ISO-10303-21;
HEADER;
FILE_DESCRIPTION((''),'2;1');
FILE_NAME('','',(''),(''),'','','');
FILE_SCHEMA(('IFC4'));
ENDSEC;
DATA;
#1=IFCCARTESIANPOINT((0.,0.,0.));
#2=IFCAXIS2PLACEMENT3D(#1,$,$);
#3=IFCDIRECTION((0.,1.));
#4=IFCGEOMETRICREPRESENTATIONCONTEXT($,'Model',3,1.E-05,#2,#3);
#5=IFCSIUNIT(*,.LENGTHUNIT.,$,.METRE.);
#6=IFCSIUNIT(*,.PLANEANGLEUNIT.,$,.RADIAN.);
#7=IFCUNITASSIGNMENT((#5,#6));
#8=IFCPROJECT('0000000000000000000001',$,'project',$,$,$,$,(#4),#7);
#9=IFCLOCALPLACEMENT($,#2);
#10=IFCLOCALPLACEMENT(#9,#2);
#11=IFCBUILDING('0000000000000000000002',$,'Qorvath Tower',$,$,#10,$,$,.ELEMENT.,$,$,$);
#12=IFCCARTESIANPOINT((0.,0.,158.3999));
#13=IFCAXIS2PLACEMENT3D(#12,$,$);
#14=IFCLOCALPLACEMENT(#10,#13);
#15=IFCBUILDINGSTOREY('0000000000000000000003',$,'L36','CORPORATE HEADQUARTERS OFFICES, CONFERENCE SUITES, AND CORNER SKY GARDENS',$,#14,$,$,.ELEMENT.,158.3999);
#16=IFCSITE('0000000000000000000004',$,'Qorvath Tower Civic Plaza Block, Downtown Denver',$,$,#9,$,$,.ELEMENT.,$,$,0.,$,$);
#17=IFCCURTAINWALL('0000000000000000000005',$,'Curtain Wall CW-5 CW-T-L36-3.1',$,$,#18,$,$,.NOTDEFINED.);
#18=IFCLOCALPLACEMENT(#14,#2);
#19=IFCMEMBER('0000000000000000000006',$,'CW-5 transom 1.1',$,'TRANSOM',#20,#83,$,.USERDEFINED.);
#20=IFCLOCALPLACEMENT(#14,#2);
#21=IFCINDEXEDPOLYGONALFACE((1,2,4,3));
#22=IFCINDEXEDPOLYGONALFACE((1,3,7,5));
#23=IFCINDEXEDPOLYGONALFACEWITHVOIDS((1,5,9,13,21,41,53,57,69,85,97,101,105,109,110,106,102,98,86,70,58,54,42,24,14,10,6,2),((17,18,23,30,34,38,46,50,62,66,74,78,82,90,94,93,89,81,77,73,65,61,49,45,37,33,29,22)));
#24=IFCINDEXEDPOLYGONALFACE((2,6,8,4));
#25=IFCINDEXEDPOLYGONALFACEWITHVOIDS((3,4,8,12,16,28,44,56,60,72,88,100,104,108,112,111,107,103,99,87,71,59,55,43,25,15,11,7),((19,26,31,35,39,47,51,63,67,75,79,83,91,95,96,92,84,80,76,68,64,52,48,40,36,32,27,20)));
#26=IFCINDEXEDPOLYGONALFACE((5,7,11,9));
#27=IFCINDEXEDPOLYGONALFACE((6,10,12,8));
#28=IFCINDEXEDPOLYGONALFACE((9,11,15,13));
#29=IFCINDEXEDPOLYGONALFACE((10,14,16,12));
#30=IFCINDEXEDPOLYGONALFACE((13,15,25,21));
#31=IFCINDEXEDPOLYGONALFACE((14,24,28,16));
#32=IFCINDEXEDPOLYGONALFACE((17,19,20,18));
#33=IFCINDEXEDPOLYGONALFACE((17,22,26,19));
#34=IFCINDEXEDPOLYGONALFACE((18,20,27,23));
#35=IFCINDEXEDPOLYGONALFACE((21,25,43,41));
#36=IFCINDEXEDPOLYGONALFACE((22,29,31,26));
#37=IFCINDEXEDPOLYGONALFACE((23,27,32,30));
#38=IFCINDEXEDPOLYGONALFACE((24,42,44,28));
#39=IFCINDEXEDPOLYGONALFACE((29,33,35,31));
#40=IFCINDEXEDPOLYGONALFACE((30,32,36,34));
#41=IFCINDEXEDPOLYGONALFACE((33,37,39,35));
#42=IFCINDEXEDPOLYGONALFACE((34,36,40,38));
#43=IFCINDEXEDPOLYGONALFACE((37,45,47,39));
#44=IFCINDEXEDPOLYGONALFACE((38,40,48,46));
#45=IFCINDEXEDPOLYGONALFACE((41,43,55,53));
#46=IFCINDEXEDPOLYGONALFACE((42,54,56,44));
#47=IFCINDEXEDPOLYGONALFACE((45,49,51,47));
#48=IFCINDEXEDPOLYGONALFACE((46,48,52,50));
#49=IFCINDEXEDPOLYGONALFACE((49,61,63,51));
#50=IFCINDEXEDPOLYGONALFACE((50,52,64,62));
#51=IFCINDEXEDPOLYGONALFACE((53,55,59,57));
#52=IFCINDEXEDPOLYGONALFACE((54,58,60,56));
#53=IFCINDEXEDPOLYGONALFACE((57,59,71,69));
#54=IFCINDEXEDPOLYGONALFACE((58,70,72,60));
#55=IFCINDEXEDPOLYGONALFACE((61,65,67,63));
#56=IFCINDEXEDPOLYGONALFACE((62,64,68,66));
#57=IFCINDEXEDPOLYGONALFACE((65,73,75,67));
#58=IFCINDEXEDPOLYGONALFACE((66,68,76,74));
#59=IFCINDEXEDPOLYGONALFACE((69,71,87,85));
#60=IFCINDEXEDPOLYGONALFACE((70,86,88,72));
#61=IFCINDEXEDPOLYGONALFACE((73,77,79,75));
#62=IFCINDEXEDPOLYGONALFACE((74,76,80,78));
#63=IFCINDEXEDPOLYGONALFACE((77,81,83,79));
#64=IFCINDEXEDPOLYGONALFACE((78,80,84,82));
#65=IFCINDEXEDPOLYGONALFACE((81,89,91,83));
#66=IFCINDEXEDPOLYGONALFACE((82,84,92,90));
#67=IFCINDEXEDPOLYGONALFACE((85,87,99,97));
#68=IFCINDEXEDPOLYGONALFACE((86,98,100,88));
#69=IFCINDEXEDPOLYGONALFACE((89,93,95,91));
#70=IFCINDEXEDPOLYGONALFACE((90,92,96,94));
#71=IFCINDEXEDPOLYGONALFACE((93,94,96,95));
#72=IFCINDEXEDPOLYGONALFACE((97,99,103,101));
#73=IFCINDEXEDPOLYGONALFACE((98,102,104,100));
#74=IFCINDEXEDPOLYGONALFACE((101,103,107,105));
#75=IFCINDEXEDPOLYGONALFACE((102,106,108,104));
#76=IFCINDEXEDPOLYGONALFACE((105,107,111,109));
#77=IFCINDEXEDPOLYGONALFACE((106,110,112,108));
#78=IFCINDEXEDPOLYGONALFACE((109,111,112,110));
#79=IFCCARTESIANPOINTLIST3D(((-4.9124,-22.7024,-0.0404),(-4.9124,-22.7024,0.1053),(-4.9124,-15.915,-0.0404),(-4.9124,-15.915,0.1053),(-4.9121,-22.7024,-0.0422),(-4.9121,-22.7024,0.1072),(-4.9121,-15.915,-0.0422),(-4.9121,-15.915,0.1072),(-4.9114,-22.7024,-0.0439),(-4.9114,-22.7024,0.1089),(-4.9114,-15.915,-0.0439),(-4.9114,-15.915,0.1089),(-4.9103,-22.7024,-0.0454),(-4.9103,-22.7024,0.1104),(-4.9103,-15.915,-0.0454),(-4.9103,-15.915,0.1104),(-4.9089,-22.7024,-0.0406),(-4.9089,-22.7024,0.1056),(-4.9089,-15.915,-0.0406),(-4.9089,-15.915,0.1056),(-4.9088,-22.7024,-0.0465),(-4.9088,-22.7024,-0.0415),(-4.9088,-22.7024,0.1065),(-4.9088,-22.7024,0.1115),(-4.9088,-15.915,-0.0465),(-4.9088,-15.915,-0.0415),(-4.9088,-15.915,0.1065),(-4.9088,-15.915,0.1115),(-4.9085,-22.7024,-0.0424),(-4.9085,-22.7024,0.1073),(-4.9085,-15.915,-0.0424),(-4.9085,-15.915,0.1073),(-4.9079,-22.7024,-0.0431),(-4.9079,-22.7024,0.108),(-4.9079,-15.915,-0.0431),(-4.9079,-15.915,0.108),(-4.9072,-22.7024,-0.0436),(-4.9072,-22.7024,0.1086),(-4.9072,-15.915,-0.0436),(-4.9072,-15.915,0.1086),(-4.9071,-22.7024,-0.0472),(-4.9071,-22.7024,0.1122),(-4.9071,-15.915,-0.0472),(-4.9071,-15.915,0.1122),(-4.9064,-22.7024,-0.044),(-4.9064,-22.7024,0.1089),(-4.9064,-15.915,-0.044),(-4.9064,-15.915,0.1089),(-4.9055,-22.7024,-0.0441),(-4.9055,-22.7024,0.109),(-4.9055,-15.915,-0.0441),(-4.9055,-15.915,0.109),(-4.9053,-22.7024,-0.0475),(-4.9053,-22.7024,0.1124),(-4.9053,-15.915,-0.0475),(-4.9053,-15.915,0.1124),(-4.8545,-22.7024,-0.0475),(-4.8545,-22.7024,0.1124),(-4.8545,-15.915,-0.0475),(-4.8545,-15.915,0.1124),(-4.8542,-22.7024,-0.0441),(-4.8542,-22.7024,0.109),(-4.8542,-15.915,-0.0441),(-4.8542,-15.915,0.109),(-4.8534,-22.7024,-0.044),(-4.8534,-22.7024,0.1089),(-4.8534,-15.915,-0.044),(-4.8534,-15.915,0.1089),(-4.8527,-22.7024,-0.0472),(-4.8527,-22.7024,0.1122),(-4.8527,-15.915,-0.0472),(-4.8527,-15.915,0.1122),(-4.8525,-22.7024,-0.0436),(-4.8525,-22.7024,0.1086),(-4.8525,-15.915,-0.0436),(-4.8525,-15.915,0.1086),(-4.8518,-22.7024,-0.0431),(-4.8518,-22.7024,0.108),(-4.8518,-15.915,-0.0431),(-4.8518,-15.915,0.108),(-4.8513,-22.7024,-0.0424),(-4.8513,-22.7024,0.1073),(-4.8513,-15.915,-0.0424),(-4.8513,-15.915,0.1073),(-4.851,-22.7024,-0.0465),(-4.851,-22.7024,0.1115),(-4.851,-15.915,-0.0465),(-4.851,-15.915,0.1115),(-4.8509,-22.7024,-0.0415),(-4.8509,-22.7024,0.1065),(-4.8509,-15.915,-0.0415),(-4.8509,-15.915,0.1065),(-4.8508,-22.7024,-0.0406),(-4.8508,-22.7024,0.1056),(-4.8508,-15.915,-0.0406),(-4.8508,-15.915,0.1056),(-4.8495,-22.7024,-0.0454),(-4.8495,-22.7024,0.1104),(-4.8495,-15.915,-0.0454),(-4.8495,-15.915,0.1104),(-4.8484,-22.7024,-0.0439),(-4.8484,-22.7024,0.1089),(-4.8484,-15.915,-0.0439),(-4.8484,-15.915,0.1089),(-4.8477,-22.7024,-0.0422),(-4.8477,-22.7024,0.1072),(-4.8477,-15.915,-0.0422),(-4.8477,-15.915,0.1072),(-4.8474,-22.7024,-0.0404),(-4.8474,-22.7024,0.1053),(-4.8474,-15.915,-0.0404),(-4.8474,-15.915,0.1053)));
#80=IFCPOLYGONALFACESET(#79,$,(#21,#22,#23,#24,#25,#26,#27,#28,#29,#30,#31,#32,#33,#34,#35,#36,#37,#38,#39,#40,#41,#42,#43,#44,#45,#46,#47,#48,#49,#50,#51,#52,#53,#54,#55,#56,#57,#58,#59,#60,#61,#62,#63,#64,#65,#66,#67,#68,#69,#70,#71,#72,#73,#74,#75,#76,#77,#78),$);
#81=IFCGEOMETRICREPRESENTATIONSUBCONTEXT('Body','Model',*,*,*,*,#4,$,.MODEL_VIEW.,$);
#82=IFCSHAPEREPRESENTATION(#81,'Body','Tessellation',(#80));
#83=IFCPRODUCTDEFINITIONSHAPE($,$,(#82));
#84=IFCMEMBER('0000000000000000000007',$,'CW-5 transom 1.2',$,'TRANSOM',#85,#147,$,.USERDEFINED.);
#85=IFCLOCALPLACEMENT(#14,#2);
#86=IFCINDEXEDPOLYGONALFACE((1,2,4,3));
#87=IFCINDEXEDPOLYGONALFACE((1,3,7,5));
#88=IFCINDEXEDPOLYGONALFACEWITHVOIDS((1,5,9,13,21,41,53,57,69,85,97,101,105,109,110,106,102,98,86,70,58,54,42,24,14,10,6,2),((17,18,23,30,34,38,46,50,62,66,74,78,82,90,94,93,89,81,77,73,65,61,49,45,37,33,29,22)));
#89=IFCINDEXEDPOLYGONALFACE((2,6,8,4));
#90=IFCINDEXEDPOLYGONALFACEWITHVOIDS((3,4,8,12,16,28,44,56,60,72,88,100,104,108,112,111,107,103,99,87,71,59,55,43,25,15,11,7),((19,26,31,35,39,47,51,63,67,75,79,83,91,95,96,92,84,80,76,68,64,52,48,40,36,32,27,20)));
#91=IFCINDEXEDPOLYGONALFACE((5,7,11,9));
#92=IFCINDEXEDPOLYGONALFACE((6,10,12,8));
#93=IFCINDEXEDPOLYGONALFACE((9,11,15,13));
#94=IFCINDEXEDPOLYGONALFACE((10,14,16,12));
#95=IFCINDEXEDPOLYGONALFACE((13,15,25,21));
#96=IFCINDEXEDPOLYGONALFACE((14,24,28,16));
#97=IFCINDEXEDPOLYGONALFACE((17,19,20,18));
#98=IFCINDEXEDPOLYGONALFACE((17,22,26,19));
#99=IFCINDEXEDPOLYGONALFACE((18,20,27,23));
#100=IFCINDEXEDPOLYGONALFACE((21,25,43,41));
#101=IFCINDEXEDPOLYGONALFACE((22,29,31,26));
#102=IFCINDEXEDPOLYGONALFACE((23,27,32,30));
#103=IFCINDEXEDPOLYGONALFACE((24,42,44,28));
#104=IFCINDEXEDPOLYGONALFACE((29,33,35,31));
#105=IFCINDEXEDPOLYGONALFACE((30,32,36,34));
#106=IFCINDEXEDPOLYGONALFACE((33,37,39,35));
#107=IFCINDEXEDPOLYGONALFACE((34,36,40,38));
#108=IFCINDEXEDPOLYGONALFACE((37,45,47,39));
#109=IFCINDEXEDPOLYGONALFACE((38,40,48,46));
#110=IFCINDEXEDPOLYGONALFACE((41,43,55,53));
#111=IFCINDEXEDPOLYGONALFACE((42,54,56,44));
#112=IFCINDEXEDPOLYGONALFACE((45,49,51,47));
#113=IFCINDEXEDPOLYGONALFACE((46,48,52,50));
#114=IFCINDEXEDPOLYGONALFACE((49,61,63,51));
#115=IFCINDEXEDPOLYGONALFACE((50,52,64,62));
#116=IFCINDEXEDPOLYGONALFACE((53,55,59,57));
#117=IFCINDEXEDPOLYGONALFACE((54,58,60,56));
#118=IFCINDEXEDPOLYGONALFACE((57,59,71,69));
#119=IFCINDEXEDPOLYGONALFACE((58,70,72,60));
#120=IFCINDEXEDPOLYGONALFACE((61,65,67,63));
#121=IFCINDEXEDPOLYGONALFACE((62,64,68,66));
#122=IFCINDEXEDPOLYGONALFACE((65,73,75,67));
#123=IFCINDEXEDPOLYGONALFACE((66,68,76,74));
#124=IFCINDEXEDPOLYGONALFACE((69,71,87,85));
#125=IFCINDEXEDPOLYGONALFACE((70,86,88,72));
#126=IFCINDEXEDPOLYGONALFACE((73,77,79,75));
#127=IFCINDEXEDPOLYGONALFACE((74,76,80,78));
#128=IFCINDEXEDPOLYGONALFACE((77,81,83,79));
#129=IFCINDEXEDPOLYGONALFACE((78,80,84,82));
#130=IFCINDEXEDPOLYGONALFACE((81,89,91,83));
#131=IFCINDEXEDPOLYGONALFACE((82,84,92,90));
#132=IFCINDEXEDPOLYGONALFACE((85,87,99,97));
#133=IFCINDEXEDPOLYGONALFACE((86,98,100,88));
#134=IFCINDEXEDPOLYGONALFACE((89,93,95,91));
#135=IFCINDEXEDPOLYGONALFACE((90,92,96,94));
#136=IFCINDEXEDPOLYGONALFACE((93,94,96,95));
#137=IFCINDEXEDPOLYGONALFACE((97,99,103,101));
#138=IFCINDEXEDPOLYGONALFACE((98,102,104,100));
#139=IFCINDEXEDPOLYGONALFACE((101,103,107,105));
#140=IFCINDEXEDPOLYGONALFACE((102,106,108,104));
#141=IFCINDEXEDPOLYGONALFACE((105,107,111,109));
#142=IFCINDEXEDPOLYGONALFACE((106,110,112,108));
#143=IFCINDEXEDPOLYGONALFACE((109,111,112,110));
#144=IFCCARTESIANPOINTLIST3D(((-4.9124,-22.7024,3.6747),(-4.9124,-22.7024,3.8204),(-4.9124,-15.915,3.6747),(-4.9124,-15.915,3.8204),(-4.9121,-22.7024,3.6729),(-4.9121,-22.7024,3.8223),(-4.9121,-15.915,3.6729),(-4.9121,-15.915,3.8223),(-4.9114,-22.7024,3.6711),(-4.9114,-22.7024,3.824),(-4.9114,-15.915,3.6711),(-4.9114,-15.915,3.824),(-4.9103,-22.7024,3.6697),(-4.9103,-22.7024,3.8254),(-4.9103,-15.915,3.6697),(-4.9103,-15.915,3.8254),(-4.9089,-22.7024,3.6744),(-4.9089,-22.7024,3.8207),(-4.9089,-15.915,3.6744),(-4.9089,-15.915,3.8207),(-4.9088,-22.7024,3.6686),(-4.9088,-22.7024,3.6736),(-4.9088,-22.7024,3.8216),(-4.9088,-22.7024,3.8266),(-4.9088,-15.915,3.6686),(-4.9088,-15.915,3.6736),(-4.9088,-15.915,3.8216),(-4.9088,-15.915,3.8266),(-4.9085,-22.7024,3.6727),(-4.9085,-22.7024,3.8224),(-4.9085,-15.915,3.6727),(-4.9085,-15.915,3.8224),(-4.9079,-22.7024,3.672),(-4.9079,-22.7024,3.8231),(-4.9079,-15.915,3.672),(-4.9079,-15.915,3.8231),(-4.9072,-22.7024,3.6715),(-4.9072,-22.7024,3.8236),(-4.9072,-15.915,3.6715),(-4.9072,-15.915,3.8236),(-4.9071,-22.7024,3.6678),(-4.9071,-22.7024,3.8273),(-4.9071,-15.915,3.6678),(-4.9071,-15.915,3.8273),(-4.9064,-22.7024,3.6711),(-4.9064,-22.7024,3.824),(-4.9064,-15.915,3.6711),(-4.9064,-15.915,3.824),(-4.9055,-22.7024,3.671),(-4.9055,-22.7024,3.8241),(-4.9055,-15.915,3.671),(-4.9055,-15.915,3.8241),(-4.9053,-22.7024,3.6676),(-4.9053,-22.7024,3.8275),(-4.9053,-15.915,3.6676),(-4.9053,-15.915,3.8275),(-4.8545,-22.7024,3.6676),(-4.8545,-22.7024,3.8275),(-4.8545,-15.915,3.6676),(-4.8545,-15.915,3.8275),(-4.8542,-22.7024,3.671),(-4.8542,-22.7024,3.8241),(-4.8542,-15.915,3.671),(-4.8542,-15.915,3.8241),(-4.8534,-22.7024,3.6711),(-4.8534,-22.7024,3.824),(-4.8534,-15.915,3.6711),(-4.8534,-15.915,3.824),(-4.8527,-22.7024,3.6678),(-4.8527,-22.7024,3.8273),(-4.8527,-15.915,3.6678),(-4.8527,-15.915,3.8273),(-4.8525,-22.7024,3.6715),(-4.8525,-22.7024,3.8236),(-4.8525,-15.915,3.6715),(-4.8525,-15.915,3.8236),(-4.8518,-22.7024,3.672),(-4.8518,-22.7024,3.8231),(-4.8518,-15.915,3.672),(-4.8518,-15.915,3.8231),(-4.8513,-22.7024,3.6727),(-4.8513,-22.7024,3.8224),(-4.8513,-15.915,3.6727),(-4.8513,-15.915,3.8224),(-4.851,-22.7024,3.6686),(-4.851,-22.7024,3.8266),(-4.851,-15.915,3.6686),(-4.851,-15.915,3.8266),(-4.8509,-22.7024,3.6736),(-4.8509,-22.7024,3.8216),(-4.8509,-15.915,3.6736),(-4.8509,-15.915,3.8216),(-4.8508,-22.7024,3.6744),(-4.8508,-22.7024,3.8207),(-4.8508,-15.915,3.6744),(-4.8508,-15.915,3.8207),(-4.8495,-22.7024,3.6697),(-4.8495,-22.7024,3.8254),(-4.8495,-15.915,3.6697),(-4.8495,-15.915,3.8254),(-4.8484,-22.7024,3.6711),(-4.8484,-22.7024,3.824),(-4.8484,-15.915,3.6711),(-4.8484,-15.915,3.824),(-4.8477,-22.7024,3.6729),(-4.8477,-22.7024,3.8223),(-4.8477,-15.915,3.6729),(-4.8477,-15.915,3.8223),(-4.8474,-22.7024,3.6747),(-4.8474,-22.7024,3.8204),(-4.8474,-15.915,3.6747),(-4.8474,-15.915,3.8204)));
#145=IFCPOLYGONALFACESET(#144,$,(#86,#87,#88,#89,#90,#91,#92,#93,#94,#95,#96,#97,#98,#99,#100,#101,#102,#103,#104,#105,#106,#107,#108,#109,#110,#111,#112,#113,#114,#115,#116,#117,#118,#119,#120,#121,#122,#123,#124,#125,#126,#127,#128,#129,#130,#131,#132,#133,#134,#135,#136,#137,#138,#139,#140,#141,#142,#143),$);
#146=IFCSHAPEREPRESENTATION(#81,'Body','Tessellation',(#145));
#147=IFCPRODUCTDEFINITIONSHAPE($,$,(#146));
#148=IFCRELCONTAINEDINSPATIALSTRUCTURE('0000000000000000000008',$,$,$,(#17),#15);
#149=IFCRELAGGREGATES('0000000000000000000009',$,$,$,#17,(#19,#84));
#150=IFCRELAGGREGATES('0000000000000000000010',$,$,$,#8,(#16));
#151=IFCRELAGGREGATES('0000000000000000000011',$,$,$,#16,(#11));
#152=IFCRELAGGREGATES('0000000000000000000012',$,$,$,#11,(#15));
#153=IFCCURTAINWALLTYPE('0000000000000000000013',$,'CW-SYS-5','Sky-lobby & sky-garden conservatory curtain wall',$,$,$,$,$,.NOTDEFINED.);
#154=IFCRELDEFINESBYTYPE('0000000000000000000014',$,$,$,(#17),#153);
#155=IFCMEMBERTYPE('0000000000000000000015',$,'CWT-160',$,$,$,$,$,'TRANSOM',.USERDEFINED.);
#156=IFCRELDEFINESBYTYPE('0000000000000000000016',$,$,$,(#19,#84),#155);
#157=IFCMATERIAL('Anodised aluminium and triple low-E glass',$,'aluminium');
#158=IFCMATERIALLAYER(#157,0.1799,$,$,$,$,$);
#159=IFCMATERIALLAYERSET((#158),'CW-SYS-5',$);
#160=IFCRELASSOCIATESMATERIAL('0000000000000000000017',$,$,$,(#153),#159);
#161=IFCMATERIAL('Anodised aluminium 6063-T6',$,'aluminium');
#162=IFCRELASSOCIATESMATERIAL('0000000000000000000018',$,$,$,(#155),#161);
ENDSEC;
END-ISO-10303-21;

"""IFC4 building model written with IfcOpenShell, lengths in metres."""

from ifc_helpers import new_model, si_unit, direction, frame, origin, origin_2d, place, context, subcontext, project, spatial, hollow_rectangle, extrude, material, layer, layer_set, material_profile, profile_set, type_object, element, aggregate, save


model = new_model("IFC4")

# Units and contexts
model_context = context("Model", 3, precision=1e-05, world=origin(), true_north=direction((0.0, 1.0)))
body_context = subcontext(model_context, "Body", "Model", "MODEL_VIEW")
ifc_project = project(units=[si_unit("LENGTHUNIT", "METRE"), si_unit("PLANEANGLEUNIT", "RADIAN")], contexts=[model_context])

# Site, building, storey
site_placement = place(None, origin())
site = spatial("IfcSite", under=ifc_project, at=site_placement, Name="Qorvath Tower Civic Plaza Block, Downtown Denver", CompositionType="ELEMENT", RefElevation=0.0)
building_placement = place(site_placement, origin())
building = spatial("IfcBuilding", under=site, at=building_placement, Name="Qorvath Tower", CompositionType="ELEMENT")
storey_placement = place(building_placement, frame((0.0, 0.0, 158.3999)))
storey = spatial("IfcBuildingStorey", under=building, at=storey_placement, Name="L36", Description="CORPORATE HEADQUARTERS OFFICES, CONFERENCE SUITES, AND CORNER SKY GARDENS", CompositionType="ELEMENT", Elevation=158.3999)

# Shared definitions
ifc_material_1 = material(Name="Anodised aluminium and triple low-E glass", Category="aluminium")
ifc_layer_1 = layer(ifc_material_1, 0.1799)
ifc_layer_set_1 = layer_set([ifc_layer_1], Name="CW-SYS-5")
curtain_wall_type = type_object("IfcCurtainWallType", Name="CW-SYS-5", Description="Sky-lobby & sky-garden conservatory curtain wall", PredefinedType="NOTDEFINED", material=ifc_layer_set_1)

# Curtain wall
curtain_wall_1_placement = place(storey_placement, origin())
curtain_wall_1 = element("IfcCurtainWall", 1, at=curtain_wall_1_placement, inside=storey, type_object=curtain_wall_type, Name="Curtain Wall CW-5 CW-T-L36-3.1", PredefinedType="NOTDEFINED")

# Members
ifc_material_2 = material(Name="Anodised aluminium 6063-T6", Category="aluminium")
ifc_material_profile_1 = material_profile(ifc_material_2, hollow_rectangle(XDim=0.0649, YDim=0.1599, WallThickness=0.0034, InnerFilletRadius=0.0034, OuterFilletRadius=0.0071, at=origin_2d()), Name="CWT 160x65")
ifc_profile_set_1 = profile_set([ifc_material_profile_1], Name="Anodised aluminium 6063-T6")
member_type_1 = type_object("IfcMemberType", Name="CWT-160", ElementType="TRANSOM", PredefinedType="USERDEFINED", material=ifc_profile_set_1)
member_1_placement = place(storey_placement, frame((-4.8799, -15.915, 0.0325), z_axis=(0.0, -1.0, 0.0), x_axis=(1.0, 0.0, 0.0)))
member_1 = element("IfcMember", 2, at=member_1_placement, type_object=member_type_1, Name="CW-5 transom 1.1", ObjectType="TRANSOM", PredefinedType="USERDEFINED", context=body_context, shape_type="SweptSolid", body=[
    extrude(hollow_rectangle(XDim=0.0649, YDim=0.1599, WallThickness=0.0034, InnerFilletRadius=0.0034, OuterFilletRadius=0.0071, at=origin_2d()), origin(), (0.0, 0.0, 1.0), 6.7874),
])
member_2_placement = place(storey_placement, frame((-4.8799, -15.915, 3.7476), z_axis=(0.0, -1.0, 0.0), x_axis=(1.0, 0.0, 0.0)))
member_2 = element("IfcMember", 3, at=member_2_placement, type_object=member_type_1, Name="CW-5 transom 1.2", ObjectType="TRANSOM", PredefinedType="USERDEFINED", context=body_context, shape_type="SweptSolid", body=[
    extrude(hollow_rectangle(XDim=0.0649, YDim=0.1599, WallThickness=0.0034, InnerFilletRadius=0.0034, OuterFilletRadius=0.0071, at=origin_2d()), origin(), (0.0, 0.0, 1.0), 6.7874),
])

aggregate(curtain_wall_1, [member_1, member_2])

save(model, "model.ifc")
